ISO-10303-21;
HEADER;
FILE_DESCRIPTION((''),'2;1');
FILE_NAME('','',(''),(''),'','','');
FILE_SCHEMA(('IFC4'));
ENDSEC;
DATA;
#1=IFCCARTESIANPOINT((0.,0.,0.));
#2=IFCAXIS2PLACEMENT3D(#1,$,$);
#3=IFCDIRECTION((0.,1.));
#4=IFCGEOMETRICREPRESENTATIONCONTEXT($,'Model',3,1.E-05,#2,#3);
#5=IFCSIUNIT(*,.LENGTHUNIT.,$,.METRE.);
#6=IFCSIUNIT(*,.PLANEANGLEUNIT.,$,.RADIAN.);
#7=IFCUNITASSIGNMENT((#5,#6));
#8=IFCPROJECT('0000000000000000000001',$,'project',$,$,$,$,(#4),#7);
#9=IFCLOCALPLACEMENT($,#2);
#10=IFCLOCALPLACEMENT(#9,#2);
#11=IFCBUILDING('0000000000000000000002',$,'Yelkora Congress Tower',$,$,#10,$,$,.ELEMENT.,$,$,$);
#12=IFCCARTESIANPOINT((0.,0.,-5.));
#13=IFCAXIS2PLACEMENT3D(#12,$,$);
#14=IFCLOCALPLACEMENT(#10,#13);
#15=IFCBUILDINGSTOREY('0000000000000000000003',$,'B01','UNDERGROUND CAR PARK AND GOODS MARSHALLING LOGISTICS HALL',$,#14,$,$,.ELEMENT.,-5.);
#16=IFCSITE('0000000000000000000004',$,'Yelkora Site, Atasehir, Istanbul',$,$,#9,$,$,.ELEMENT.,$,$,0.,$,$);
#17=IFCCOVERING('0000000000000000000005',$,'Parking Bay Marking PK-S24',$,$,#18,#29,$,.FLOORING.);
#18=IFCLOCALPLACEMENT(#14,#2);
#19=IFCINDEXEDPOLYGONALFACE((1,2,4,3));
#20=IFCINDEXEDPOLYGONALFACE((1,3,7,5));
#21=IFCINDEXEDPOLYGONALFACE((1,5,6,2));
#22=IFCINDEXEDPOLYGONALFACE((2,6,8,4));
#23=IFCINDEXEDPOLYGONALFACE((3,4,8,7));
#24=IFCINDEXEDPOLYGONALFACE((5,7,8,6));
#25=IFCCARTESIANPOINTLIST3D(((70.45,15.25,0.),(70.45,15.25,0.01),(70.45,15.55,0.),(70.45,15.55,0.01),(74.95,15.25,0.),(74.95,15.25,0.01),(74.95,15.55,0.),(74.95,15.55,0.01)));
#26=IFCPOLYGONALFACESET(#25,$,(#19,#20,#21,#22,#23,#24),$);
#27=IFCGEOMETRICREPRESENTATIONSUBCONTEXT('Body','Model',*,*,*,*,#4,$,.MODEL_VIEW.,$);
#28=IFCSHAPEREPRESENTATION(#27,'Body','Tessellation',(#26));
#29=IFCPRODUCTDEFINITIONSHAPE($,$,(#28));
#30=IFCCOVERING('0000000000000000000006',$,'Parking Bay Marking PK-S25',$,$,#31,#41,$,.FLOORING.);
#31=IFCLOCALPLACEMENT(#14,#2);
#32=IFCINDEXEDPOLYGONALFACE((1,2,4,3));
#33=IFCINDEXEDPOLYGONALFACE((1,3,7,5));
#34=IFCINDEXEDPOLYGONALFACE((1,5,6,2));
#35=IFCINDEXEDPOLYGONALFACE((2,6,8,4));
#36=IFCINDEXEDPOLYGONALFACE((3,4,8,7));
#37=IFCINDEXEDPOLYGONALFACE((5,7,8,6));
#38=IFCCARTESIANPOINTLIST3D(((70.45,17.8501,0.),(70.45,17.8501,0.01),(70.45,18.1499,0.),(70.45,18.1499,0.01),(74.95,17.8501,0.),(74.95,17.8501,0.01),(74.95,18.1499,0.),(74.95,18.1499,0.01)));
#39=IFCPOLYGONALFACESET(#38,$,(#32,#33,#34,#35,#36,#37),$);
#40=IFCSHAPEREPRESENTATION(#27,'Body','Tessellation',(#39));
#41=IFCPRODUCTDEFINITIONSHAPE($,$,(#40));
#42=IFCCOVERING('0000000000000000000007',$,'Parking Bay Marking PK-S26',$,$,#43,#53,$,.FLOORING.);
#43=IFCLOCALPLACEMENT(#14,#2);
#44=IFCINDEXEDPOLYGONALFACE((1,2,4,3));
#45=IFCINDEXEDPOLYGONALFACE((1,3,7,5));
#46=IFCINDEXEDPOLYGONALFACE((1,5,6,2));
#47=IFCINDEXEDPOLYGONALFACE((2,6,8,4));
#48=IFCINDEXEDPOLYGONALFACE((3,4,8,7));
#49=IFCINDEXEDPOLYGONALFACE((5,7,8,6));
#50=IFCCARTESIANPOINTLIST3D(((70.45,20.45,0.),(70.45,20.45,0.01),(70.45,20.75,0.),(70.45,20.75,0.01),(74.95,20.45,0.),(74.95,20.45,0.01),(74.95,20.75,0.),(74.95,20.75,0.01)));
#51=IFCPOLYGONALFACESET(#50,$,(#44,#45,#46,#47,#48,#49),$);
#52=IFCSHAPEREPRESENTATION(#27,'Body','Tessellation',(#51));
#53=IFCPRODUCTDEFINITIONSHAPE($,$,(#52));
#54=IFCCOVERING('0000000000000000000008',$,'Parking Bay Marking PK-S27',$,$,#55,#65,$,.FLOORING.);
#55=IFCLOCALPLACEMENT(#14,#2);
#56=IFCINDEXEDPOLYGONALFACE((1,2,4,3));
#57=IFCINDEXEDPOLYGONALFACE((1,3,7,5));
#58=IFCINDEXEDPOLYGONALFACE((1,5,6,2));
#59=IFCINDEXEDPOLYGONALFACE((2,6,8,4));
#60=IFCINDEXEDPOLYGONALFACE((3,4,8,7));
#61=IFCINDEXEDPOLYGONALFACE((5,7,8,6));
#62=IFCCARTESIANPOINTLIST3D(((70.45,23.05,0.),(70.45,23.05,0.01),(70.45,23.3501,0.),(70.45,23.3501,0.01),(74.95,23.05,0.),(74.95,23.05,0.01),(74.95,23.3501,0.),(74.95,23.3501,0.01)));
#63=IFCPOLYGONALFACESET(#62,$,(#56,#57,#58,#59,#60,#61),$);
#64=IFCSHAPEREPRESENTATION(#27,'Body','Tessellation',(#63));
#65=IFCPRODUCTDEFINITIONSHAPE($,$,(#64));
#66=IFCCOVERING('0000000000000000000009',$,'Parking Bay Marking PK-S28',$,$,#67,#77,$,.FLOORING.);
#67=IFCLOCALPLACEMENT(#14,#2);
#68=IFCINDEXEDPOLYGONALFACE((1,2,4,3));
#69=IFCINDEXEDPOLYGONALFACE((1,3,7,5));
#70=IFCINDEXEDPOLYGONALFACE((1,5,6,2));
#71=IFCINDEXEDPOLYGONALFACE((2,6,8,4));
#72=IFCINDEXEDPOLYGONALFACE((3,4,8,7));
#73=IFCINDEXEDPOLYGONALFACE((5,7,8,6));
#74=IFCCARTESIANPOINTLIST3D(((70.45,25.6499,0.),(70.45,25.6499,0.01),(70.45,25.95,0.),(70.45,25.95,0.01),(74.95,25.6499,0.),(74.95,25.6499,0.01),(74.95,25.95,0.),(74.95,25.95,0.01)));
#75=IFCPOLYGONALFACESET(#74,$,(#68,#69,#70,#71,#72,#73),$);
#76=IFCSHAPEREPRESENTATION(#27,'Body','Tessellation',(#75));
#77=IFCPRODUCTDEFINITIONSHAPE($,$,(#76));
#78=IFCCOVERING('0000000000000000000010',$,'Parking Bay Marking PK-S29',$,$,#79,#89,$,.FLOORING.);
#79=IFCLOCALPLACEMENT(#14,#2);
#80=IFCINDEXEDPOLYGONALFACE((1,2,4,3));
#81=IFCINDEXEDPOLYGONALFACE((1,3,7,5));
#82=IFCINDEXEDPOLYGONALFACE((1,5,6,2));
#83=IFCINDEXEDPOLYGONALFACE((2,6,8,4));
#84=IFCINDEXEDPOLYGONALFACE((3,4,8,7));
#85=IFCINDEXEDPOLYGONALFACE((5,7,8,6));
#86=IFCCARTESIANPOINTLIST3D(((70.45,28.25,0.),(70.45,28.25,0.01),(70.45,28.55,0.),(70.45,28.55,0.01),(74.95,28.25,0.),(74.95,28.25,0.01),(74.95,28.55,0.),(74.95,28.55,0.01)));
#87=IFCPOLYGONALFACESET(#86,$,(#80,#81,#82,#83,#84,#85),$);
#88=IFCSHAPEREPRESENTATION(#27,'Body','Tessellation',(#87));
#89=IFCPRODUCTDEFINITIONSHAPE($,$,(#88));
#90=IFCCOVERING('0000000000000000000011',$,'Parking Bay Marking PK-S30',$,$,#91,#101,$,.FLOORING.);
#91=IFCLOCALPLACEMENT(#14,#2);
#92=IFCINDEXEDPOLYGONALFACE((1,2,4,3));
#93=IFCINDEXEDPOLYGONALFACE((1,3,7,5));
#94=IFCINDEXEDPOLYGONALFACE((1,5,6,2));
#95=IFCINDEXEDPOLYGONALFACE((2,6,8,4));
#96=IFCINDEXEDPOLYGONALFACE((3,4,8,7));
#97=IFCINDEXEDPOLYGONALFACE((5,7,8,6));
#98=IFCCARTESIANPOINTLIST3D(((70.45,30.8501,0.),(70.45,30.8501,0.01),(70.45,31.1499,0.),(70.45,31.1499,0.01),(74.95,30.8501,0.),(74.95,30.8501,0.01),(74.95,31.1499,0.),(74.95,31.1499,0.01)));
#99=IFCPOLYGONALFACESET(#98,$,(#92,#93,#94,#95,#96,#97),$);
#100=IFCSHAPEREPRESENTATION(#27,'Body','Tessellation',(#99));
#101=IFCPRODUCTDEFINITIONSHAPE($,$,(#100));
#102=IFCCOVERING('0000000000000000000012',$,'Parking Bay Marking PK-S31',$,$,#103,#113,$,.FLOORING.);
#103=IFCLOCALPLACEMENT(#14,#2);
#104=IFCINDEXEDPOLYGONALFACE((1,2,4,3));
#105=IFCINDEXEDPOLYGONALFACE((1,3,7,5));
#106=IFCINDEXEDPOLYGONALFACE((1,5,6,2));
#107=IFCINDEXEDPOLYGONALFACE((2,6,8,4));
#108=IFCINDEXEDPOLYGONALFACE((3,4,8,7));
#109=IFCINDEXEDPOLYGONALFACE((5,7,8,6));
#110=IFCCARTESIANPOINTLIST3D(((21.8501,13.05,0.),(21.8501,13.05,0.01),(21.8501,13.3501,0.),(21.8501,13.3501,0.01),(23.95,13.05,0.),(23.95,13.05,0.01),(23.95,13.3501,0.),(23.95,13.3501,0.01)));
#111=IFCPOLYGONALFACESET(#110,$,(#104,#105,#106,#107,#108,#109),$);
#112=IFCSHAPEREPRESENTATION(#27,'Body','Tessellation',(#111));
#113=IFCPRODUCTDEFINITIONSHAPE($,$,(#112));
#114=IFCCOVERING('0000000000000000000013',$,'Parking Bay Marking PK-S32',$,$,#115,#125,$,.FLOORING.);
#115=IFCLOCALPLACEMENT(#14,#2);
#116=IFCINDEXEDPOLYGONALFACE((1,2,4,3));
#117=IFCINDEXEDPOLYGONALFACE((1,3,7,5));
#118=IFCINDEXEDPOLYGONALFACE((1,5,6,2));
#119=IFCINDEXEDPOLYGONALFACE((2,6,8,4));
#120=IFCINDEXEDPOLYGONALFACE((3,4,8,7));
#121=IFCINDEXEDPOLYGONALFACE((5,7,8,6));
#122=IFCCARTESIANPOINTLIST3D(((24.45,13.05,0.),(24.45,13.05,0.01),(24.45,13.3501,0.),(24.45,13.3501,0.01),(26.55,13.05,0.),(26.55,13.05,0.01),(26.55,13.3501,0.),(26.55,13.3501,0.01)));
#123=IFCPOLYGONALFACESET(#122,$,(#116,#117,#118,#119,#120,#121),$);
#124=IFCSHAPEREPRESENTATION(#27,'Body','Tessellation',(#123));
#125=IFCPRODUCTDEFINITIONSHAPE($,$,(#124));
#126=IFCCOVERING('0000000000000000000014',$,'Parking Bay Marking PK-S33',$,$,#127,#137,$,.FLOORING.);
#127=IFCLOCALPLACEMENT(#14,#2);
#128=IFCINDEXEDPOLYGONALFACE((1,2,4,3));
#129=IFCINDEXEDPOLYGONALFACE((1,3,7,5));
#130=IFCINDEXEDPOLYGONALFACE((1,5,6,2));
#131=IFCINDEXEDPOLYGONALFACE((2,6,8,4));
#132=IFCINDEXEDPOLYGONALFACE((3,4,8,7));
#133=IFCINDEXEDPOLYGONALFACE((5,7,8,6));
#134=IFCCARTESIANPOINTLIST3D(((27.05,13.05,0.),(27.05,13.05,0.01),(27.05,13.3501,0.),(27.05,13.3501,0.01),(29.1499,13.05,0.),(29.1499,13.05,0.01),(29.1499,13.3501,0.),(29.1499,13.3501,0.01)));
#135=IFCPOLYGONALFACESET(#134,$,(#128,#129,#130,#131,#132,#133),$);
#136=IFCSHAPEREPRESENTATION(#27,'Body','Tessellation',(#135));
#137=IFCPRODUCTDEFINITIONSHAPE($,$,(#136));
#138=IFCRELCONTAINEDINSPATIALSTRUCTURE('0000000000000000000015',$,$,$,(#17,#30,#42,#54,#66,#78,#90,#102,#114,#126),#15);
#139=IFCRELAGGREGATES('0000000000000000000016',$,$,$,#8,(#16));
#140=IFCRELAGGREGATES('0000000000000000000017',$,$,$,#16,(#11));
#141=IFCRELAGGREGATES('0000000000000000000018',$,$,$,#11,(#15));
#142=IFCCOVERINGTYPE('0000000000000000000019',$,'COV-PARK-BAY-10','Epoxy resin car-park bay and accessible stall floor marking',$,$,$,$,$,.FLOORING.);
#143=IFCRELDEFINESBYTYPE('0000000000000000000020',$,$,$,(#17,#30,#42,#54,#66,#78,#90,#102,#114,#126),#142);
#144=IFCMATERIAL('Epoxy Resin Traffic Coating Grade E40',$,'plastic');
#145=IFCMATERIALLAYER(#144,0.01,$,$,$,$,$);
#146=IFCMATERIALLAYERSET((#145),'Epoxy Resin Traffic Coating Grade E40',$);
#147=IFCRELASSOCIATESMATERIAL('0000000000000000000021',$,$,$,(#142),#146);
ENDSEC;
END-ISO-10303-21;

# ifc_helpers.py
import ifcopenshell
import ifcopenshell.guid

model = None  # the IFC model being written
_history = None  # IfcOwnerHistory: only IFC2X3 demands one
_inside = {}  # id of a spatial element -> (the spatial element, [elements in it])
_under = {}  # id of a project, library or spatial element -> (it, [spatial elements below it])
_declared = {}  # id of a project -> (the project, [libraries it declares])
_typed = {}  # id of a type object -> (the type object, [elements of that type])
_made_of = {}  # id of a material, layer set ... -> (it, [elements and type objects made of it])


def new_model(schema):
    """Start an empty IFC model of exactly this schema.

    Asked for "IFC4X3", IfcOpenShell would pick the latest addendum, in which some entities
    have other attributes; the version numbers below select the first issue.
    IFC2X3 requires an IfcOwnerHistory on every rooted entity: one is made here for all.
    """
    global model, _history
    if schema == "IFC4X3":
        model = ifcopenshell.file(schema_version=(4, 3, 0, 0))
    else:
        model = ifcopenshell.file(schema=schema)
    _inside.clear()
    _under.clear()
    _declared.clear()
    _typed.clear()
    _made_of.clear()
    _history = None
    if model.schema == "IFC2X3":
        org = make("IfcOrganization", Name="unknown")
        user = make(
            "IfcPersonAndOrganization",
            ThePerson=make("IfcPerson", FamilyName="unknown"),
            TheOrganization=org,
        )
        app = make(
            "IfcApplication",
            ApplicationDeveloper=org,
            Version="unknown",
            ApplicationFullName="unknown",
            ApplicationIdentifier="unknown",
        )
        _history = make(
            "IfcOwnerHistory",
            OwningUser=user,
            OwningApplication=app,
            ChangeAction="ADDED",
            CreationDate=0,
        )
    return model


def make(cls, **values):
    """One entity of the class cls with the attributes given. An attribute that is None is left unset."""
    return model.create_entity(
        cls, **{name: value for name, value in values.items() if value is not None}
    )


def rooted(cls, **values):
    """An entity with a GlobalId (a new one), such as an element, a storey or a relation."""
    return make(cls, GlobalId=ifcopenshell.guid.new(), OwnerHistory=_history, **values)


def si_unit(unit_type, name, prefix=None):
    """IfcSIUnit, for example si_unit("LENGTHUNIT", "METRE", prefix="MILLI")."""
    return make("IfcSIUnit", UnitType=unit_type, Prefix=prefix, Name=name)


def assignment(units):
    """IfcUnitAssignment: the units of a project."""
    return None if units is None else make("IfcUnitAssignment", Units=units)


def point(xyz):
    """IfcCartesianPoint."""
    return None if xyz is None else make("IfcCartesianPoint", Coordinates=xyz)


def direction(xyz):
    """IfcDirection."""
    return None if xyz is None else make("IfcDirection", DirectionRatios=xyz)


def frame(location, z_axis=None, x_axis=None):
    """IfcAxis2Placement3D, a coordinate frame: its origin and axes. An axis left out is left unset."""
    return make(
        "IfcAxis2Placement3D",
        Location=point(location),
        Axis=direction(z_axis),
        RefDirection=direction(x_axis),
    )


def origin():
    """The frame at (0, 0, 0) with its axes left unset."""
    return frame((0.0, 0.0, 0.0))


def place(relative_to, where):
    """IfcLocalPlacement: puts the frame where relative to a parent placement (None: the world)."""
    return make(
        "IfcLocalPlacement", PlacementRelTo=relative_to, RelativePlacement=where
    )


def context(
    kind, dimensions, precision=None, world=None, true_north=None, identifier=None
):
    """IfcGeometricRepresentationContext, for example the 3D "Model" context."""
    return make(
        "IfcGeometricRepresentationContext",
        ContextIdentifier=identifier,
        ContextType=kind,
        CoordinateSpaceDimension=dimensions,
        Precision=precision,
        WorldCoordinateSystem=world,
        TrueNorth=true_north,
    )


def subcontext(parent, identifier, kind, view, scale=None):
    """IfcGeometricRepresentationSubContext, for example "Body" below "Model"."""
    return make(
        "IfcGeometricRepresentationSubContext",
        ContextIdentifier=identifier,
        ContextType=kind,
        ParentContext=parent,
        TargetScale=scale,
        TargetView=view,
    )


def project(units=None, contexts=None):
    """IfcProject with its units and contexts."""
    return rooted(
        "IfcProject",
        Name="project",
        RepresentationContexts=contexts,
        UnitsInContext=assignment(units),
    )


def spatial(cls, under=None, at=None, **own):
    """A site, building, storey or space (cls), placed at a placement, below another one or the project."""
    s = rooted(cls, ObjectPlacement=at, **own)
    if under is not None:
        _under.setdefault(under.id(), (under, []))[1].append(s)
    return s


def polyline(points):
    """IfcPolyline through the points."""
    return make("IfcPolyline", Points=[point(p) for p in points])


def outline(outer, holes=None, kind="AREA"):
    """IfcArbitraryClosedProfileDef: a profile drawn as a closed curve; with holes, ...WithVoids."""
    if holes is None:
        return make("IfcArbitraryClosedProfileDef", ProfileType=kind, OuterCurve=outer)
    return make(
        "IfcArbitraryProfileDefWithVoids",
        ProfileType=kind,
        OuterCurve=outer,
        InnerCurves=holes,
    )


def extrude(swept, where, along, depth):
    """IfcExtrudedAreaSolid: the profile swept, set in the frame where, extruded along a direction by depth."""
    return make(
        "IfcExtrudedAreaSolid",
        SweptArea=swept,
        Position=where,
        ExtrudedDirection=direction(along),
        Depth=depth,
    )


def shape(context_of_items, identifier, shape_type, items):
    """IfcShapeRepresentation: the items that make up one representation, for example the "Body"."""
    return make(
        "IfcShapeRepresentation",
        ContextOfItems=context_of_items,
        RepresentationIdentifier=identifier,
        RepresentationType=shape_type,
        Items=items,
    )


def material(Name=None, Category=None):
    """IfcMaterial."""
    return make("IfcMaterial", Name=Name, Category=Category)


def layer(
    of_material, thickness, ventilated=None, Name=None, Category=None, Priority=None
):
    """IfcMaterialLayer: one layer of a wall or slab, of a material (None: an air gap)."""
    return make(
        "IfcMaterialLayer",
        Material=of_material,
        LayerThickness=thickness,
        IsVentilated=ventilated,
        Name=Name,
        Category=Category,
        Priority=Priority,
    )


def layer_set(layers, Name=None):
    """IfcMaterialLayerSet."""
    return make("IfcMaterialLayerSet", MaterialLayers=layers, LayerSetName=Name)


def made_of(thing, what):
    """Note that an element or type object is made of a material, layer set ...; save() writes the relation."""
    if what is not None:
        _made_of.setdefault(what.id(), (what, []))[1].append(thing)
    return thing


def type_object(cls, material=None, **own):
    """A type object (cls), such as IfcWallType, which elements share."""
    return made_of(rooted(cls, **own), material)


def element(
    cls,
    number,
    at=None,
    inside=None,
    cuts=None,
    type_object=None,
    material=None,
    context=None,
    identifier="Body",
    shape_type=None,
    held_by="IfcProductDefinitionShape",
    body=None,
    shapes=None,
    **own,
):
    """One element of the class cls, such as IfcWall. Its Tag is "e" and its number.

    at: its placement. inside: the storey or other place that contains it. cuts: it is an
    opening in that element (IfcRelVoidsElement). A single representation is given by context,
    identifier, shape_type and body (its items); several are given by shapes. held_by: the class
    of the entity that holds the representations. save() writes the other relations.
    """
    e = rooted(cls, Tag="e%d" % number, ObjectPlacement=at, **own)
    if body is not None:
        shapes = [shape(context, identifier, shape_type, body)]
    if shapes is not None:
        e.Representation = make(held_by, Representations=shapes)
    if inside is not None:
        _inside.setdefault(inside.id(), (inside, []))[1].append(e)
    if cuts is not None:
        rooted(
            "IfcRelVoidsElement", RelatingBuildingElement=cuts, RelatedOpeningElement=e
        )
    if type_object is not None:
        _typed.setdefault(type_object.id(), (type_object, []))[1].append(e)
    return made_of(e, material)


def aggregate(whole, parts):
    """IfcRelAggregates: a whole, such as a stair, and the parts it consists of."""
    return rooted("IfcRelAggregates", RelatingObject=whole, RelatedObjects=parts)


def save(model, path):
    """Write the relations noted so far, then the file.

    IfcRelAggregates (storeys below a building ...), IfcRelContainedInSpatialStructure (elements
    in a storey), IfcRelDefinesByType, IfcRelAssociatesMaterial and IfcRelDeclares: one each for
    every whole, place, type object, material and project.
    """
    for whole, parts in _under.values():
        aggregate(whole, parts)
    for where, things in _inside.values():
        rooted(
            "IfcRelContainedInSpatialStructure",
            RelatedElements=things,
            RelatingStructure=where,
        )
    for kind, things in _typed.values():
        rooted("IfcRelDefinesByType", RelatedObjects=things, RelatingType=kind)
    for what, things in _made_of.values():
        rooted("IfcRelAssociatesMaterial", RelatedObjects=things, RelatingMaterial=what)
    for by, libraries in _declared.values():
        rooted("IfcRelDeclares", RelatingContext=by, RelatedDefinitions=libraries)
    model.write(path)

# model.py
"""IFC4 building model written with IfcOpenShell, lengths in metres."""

from ifc_helpers import new_model, si_unit, direction, frame, origin, place, context, subcontext, project, spatial, polyline, outline, extrude, material, layer, layer_set, type_object, element, save


model = new_model("IFC4")

# Units and contexts
model_context = context("Model", 3, precision=1e-05, world=origin(), true_north=direction((0.0, 1.0)))
body_context = subcontext(model_context, "Body", "Model", "MODEL_VIEW")
ifc_project = project(units=[si_unit("LENGTHUNIT", "METRE"), si_unit("PLANEANGLEUNIT", "RADIAN")], contexts=[model_context])

# Site, building, storey
site_placement = place(None, origin())
site = spatial("IfcSite", under=ifc_project, at=site_placement, Name="Yelkora Site, Atasehir, Istanbul", CompositionType="ELEMENT", RefElevation=0.0)
building_placement = place(site_placement, origin())
building = spatial("IfcBuilding", under=site, at=building_placement, Name="Yelkora Congress Tower", CompositionType="ELEMENT")
storey_placement = place(building_placement, frame((0.0, 0.0, -5.0)))
storey = spatial("IfcBuildingStorey", under=building, at=storey_placement, Name="B01", Description="UNDERGROUND CAR PARK AND GOODS MARSHALLING LOGISTICS HALL", CompositionType="ELEMENT", Elevation=-5.0)

# Coverings
ifc_material_1 = material(Name="Epoxy Resin Traffic Coating Grade E40", Category="plastic")
ifc_layer_1 = layer(ifc_material_1, 0.01)
ifc_layer_set_1 = layer_set([ifc_layer_1], Name="Epoxy Resin Traffic Coating Grade E40")
covering_type = type_object("IfcCoveringType", Name="COV-PARK-BAY-10", Description="Epoxy resin car-park bay and accessible stall floor marking", PredefinedType="FLOORING", material=ifc_layer_set_1)
covering_1_placement = place(storey_placement, origin())
element("IfcCovering", 1, at=covering_1_placement, inside=storey, type_object=covering_type, Name="Parking Bay Marking PK-S24", PredefinedType="FLOORING", context=body_context, shape_type="SweptSolid", body=[
    extrude(outline(polyline([(70.45, 15.25), (74.95, 15.25), (74.95, 15.55), (70.45, 15.55), (70.45, 15.25)])), origin(), (0.0, 0.0, 1.0), 0.01),
])
covering_2_placement = place(storey_placement, origin())
element("IfcCovering", 2, at=covering_2_placement, inside=storey, type_object=covering_type, Name="Parking Bay Marking PK-S25", PredefinedType="FLOORING", context=body_context, shape_type="SweptSolid", body=[
    extrude(outline(polyline([(70.45, 17.8501), (74.95, 17.8501), (74.95, 18.1499), (70.45, 18.1499), (70.45, 17.8501)])), origin(), (0.0, 0.0, 1.0), 0.01),
])
covering_3_placement = place(storey_placement, origin())
element("IfcCovering", 3, at=covering_3_placement, inside=storey, type_object=covering_type, Name="Parking Bay Marking PK-S26", PredefinedType="FLOORING", context=body_context, shape_type="SweptSolid", body=[
    extrude(outline(polyline([(70.45, 20.45), (74.95, 20.45), (74.95, 20.75), (70.45, 20.75), (70.45, 20.45)])), origin(), (0.0, 0.0, 1.0), 0.01),
])
covering_4_placement = place(storey_placement, origin())
element("IfcCovering", 4, at=covering_4_placement, inside=storey, type_object=covering_type, Name="Parking Bay Marking PK-S27", PredefinedType="FLOORING", context=body_context, shape_type="SweptSolid", body=[
    extrude(outline(polyline([(70.45, 23.05), (74.95, 23.05), (74.95, 23.3501), (70.45, 23.3501), (70.45, 23.05)])), origin(), (0.0, 0.0, 1.0), 0.01),
])
covering_5_placement = place(storey_placement, origin())
element("IfcCovering", 5, at=covering_5_placement, inside=storey, type_object=covering_type, Name="Parking Bay Marking PK-S28", PredefinedType="FLOORING", context=body_context, shape_type="SweptSolid", body=[
    extrude(outline(polyline([(70.45, 25.6499), (74.95, 25.6499), (74.95, 25.95), (70.45, 25.95), (70.45, 25.6499)])), origin(), (0.0, 0.0, 1.0), 0.01),
])
covering_6_placement = place(storey_placement, origin())
element("IfcCovering", 6, at=covering_6_placement, inside=storey, type_object=covering_type, Name="Parking Bay Marking PK-S29", PredefinedType="FLOORING", context=body_context, shape_type="SweptSolid", body=[
    extrude(outline(polyline([(70.45, 28.25), (74.95, 28.25), (74.95, 28.55), (70.45, 28.55), (70.45, 28.25)])), origin(), (0.0, 0.0, 1.0), 0.01),
])
covering_7_placement = place(storey_placement, origin())
element("IfcCovering", 7, at=covering_7_placement, inside=storey, type_object=covering_type, Name="Parking Bay Marking PK-S30", PredefinedType="FLOORING", context=body_context, shape_type="SweptSolid", body=[
    extrude(outline(polyline([(70.45, 30.8501), (74.95, 30.8501), (74.95, 31.1499), (70.45, 31.1499), (70.45, 30.8501)])), origin(), (0.0, 0.0, 1.0), 0.01),
])
covering_8_placement = place(storey_placement, origin())
element("IfcCovering", 8, at=covering_8_placement, inside=storey, type_object=covering_type, Name="Parking Bay Marking PK-S31", PredefinedType="FLOORING", context=body_context, shape_type="SweptSolid", body=[
    extrude(outline(polyline([(21.8501, 13.05), (23.95, 13.05), (23.95, 13.3501), (21.8501, 13.3501), (21.8501, 13.05)])), origin(), (0.0, 0.0, 1.0), 0.01),
])
covering_9_placement = place(storey_placement, origin())
element("IfcCovering", 9, at=covering_9_placement, inside=storey, type_object=covering_type, Name="Parking Bay Marking PK-S32", PredefinedType="FLOORING", context=body_context, shape_type="SweptSolid", body=[
    extrude(outline(polyline([(24.45, 13.05), (26.55, 13.05), (26.55, 13.3501), (24.45, 13.3501), (24.45, 13.05)])), origin(), (0.0, 0.0, 1.0), 0.01),
])
covering_10_placement = place(storey_placement, origin())
element("IfcCovering", 10, at=covering_10_placement, inside=storey, type_object=covering_type, Name="Parking Bay Marking PK-S33", PredefinedType="FLOORING", context=body_context, shape_type="SweptSolid", body=[
    extrude(outline(polyline([(27.05, 13.05), (29.1499, 13.05), (29.1499, 13.3501), (27.05, 13.3501), (27.05, 13.05)])), origin(), (0.0, 0.0, 1.0), 0.01),
])

save(model, "model.ifc")
